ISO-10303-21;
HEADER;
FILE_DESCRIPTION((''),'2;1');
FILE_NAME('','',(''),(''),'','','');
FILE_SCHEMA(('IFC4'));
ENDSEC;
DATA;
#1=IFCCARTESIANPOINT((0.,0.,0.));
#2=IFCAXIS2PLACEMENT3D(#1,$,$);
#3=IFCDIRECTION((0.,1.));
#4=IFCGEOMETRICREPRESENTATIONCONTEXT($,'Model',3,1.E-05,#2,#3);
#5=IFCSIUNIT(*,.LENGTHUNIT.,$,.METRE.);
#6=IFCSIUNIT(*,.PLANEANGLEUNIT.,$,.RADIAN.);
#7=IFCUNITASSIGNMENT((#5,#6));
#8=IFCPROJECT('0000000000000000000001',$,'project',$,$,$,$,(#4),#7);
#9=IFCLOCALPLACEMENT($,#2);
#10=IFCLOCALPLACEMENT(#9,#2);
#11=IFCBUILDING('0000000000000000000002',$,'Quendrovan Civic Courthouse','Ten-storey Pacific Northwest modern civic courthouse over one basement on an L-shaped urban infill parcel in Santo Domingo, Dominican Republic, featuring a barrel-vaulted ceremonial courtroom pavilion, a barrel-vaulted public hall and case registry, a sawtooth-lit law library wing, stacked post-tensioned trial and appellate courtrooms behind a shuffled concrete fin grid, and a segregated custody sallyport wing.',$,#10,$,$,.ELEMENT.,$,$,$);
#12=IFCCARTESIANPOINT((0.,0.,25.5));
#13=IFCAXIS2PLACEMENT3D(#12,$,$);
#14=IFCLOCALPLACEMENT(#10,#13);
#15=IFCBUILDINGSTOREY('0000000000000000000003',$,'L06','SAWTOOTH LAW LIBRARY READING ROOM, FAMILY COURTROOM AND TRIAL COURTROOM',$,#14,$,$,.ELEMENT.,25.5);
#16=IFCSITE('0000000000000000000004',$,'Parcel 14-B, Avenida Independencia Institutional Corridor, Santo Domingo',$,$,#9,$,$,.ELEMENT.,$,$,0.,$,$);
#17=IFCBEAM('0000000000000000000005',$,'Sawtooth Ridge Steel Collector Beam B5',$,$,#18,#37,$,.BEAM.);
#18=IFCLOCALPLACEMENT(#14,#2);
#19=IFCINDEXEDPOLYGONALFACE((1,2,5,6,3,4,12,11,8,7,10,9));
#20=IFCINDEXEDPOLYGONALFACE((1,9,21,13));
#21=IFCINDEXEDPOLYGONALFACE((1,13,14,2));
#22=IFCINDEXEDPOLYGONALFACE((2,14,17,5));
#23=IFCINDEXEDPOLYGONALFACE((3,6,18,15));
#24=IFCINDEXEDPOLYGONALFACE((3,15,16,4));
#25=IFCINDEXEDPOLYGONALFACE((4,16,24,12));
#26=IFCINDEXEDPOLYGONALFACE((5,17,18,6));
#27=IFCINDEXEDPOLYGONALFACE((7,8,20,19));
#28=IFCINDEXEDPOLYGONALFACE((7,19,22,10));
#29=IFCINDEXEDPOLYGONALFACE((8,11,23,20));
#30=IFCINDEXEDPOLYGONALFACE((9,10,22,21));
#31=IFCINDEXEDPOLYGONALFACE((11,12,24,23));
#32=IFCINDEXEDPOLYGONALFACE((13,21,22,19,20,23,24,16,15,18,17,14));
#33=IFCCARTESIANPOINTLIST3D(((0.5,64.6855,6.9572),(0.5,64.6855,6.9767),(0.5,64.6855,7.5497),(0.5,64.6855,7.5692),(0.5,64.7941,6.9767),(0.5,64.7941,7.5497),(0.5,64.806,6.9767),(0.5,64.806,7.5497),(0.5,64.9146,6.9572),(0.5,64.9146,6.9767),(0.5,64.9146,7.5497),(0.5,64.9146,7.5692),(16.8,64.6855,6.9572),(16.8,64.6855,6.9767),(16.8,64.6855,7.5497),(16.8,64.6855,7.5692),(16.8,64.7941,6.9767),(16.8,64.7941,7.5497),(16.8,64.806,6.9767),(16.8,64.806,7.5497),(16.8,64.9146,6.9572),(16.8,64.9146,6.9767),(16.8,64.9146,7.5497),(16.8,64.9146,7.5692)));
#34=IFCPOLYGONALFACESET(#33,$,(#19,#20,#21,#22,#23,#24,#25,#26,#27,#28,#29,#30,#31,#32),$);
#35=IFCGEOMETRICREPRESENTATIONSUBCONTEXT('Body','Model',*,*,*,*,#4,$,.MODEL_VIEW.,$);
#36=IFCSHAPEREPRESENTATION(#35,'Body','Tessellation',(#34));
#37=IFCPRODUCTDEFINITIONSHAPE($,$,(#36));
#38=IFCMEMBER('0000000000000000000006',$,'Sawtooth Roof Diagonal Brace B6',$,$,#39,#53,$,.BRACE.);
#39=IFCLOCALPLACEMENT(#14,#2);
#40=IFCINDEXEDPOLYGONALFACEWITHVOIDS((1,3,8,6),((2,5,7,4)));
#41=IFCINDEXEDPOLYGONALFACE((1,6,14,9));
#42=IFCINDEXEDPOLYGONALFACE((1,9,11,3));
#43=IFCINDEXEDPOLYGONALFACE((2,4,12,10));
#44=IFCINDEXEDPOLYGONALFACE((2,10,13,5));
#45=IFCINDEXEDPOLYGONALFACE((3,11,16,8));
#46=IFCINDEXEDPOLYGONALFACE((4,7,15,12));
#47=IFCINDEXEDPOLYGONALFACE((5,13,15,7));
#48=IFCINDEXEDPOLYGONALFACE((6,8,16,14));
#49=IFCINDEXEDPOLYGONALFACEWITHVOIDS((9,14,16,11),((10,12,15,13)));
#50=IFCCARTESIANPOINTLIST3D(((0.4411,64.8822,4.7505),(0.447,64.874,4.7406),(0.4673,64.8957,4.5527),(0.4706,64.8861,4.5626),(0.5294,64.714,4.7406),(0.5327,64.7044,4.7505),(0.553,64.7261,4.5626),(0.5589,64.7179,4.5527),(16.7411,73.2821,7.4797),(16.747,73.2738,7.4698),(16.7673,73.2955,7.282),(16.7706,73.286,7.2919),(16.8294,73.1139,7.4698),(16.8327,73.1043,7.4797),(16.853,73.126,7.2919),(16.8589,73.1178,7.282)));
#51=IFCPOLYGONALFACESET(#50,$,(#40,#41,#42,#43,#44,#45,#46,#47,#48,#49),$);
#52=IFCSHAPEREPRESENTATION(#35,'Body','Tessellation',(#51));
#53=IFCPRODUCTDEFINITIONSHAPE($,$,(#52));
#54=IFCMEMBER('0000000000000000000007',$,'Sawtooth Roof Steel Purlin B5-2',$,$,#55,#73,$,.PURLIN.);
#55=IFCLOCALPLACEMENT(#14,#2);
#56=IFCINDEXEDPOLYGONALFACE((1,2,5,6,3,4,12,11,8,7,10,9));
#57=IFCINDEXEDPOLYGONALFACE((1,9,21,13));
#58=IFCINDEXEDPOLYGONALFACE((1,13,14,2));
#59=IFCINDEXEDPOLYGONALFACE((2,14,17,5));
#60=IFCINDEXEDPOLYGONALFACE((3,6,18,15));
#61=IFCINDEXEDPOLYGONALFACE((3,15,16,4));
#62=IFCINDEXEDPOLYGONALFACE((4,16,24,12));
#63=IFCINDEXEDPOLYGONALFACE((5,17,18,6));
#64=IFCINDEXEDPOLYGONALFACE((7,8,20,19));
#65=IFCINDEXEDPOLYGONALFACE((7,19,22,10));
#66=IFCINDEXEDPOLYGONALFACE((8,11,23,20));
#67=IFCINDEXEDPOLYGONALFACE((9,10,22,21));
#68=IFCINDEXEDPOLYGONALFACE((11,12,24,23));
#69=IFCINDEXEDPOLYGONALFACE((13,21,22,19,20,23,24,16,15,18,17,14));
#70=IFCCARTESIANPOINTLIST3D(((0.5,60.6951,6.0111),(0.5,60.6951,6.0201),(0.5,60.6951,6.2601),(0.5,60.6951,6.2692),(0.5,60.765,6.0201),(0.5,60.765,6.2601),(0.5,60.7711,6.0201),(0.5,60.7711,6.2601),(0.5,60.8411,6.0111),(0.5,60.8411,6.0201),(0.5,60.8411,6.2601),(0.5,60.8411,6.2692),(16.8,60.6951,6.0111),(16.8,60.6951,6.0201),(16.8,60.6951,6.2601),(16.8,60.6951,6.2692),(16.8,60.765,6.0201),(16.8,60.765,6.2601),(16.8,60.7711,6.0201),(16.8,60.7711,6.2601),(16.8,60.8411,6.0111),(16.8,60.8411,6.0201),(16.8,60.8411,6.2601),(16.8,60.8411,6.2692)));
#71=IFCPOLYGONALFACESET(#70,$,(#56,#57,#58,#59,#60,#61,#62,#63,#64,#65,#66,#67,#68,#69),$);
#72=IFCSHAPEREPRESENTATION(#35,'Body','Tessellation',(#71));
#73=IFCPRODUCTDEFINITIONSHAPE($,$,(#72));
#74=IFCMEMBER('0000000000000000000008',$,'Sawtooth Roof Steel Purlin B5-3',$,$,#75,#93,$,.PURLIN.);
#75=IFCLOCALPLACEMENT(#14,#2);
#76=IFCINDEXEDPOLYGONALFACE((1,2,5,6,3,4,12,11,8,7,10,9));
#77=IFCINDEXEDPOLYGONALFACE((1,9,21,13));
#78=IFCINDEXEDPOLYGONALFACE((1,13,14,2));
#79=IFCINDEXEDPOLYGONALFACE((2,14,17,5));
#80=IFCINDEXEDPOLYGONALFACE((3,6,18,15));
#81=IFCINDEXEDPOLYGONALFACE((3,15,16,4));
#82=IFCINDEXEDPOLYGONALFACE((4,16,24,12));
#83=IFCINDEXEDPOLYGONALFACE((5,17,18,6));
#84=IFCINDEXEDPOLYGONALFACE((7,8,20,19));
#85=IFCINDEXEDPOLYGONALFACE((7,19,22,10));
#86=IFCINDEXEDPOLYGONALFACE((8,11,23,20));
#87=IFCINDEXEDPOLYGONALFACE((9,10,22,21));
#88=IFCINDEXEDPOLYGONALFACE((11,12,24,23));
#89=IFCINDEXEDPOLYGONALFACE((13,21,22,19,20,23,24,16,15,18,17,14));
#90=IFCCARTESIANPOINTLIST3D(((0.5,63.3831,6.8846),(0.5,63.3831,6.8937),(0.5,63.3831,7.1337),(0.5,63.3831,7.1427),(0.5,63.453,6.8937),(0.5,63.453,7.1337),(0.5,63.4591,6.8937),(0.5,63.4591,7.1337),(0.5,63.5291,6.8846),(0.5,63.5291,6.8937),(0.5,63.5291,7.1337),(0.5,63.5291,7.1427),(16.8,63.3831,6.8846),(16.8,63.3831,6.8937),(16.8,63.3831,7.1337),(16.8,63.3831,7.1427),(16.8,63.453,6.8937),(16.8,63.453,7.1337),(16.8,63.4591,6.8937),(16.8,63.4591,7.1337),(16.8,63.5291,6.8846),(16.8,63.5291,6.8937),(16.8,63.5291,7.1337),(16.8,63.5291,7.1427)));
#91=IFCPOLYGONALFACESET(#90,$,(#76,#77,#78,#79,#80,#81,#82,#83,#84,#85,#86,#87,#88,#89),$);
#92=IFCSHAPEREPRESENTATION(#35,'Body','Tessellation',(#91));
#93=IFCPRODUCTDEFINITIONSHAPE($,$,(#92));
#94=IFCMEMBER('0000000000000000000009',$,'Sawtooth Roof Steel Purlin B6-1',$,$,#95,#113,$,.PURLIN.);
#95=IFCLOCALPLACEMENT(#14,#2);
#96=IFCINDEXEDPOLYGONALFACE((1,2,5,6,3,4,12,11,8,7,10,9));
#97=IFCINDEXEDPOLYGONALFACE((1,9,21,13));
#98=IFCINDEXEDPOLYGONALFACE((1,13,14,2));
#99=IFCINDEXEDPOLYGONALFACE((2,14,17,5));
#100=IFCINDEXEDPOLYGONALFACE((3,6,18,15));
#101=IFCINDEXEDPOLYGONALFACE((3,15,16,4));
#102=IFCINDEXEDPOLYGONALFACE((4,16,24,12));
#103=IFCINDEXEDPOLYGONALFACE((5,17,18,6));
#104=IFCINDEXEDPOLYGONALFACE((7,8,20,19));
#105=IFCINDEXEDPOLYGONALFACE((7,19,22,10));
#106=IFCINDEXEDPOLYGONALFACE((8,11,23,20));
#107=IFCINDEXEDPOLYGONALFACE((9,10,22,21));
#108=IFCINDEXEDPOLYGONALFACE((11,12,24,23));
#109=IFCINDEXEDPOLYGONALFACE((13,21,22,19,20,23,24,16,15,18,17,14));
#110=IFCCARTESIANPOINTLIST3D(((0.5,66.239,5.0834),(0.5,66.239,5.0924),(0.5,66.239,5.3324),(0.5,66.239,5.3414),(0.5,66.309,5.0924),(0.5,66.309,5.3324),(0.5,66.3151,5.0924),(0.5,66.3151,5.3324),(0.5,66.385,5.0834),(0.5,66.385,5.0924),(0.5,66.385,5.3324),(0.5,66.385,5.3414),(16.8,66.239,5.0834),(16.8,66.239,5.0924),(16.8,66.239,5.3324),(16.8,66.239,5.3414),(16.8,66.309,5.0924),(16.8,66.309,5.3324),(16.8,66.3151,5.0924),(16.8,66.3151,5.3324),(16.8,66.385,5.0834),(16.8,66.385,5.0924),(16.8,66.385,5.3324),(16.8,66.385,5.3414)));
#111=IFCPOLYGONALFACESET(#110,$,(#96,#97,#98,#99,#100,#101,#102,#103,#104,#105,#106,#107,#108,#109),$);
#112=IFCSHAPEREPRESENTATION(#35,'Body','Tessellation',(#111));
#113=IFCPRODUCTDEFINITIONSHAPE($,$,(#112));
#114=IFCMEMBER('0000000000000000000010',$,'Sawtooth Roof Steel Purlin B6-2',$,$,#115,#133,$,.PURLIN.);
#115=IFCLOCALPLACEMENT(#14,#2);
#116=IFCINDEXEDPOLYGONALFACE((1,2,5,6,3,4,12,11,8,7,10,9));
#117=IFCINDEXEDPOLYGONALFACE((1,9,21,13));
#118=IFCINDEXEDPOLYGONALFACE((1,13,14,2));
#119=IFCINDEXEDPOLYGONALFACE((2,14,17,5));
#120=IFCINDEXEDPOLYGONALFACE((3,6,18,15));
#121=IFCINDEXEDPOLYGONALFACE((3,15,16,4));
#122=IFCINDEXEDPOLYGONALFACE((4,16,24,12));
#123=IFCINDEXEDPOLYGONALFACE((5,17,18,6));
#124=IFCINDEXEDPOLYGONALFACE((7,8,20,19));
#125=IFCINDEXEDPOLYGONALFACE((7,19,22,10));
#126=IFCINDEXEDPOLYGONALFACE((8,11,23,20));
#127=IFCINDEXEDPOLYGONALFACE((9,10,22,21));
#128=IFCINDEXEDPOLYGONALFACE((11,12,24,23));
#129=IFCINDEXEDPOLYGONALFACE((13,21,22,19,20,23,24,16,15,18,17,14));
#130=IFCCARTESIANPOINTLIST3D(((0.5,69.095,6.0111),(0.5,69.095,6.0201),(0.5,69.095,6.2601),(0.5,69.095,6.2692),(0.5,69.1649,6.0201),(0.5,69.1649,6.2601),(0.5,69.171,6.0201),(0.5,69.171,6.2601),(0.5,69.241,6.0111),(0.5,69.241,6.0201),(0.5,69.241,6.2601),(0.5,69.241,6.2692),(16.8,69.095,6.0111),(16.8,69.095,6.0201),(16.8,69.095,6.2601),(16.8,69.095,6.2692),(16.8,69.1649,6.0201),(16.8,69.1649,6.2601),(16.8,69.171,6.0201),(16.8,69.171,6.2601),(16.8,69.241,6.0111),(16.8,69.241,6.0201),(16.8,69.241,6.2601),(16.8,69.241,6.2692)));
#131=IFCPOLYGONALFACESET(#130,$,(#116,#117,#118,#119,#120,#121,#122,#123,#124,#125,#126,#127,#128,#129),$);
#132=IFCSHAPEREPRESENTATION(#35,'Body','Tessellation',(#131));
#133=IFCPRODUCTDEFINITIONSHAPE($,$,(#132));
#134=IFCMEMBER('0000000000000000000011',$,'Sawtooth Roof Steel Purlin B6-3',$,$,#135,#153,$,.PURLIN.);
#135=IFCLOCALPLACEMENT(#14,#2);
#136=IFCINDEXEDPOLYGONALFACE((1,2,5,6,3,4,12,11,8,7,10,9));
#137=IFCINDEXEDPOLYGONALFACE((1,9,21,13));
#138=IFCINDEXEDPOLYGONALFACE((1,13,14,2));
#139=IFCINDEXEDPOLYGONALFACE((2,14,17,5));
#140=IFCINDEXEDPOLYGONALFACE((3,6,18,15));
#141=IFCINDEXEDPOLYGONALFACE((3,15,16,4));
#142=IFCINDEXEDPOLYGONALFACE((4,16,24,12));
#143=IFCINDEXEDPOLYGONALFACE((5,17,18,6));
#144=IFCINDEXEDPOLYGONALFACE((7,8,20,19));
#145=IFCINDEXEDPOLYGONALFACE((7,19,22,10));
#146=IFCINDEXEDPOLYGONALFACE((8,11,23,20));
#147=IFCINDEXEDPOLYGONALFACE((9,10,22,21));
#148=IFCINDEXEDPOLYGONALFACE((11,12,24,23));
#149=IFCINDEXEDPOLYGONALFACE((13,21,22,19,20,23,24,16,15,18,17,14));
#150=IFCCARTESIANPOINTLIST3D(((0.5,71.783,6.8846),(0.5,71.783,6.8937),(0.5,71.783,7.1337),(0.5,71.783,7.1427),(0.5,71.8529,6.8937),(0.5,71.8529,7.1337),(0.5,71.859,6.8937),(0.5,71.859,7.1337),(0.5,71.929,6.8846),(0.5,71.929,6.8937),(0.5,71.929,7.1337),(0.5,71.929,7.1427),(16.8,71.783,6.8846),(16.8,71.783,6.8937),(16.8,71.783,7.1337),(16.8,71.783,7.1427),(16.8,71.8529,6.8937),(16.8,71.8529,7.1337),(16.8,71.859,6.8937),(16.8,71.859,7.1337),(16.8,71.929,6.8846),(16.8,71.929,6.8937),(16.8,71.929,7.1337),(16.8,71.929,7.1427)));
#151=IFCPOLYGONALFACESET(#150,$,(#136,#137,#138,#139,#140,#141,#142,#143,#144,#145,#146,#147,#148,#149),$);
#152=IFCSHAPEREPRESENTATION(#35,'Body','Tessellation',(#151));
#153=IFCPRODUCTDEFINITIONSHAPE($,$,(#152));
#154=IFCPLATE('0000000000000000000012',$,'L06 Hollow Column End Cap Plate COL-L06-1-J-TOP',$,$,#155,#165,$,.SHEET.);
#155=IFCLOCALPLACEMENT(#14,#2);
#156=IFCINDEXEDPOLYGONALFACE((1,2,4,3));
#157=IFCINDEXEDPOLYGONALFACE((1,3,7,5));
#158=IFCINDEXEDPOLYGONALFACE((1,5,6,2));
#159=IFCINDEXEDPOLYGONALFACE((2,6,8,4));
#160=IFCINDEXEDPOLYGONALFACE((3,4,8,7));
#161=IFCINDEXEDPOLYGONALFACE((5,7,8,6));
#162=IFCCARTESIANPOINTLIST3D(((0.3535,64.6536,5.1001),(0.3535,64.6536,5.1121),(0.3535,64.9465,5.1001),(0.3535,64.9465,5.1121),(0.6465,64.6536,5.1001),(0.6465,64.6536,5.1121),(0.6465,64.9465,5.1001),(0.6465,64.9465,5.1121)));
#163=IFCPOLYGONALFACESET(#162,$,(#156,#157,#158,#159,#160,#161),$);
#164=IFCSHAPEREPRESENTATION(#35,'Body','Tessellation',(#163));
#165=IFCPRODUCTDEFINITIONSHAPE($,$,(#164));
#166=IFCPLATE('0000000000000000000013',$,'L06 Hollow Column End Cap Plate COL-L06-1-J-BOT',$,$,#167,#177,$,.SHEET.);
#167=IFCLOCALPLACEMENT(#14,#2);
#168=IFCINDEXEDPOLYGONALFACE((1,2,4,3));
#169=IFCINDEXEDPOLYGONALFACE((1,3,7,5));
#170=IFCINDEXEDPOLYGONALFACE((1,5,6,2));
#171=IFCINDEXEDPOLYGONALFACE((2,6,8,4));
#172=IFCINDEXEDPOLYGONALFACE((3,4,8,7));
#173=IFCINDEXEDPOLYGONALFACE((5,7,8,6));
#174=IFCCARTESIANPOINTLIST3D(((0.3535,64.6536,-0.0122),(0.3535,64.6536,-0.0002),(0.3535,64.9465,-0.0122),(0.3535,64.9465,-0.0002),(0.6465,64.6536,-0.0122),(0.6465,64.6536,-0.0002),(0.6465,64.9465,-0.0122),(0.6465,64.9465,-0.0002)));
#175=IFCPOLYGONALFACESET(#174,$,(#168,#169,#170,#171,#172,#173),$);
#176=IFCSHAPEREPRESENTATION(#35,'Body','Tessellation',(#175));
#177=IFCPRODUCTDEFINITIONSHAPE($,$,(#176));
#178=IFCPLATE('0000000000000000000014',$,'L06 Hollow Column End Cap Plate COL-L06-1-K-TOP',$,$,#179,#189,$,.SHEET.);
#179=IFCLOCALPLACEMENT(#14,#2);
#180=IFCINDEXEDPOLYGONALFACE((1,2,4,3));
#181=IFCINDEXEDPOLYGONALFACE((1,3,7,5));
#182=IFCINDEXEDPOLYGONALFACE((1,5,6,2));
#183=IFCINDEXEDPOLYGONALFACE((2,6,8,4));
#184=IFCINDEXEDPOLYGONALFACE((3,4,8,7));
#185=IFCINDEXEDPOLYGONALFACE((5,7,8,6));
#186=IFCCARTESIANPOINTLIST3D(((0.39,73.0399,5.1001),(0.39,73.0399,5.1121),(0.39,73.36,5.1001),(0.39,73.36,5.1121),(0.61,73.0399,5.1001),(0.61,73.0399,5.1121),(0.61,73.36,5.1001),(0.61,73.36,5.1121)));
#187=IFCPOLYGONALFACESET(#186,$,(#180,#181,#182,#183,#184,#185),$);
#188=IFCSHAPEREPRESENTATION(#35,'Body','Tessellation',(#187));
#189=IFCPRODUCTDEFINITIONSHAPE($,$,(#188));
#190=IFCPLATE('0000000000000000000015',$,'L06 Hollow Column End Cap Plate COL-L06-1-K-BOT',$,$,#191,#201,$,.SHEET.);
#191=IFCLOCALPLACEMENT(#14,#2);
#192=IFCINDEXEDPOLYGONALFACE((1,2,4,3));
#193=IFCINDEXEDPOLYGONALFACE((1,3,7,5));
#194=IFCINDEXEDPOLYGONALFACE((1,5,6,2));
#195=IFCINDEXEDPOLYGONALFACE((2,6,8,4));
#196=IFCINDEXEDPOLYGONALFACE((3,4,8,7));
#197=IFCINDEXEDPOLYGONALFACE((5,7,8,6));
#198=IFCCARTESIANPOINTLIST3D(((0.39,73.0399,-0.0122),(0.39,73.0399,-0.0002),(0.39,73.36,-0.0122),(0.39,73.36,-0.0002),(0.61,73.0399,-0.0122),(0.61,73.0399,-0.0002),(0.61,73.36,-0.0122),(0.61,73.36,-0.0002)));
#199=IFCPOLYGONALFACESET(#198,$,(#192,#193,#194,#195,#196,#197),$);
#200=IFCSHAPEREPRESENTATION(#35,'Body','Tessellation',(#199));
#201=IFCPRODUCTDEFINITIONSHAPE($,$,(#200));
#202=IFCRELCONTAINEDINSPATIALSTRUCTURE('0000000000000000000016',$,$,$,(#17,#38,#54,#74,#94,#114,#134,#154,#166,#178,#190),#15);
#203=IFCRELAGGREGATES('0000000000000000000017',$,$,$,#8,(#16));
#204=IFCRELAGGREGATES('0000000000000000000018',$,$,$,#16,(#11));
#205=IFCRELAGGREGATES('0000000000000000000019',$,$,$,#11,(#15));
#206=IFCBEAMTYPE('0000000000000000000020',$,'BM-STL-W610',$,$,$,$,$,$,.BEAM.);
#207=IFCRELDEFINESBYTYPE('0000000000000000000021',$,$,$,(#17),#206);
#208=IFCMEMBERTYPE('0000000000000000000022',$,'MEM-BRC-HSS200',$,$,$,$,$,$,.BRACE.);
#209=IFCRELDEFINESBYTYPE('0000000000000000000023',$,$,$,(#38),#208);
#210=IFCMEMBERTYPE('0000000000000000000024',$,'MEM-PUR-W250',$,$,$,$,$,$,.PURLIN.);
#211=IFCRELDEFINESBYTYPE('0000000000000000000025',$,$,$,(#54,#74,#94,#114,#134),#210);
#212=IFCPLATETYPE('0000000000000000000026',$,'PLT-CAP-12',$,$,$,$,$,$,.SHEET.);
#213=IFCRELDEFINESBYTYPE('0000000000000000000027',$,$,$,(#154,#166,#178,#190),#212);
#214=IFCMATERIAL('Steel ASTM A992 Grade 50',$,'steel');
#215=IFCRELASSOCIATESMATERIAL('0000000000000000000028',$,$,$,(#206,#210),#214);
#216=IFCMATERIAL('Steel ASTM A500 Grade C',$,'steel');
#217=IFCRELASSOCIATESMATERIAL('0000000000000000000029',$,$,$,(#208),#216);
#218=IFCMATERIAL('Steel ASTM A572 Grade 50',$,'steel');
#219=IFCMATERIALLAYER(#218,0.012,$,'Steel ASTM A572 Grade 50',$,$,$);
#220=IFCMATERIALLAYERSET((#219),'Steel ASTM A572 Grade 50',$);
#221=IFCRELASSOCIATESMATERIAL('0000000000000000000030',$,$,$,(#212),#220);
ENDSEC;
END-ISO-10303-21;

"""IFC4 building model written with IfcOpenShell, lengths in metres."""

from ifc_helpers import new_model, si_unit, direction, frame, origin, origin_2d, place, context, subcontext, project, spatial, rectangle, hollow_rectangle, i_section, extrude, material, layer, layer_set, material_profile, profile_set, type_object, element, save


model = new_model("IFC4")

# Units and contexts
model_context = context("Model", 3, precision=1e-05, world=origin(), true_north=direction((0.0, 1.0)))
body_context = subcontext(model_context, "Body", "Model", "MODEL_VIEW")
ifc_project = project(units=[si_unit("LENGTHUNIT", "METRE"), si_unit("PLANEANGLEUNIT", "RADIAN")], contexts=[model_context])

# Site, building, storey
site_placement = place(None, origin())
site = spatial("IfcSite", under=ifc_project, at=site_placement, Name="Parcel 14-B, Avenida Independencia Institutional Corridor, Santo Domingo", CompositionType="ELEMENT", RefElevation=0.0)
building_placement = place(site_placement, origin())
building = spatial("IfcBuilding", under=site, at=building_placement, Name="Quendrovan Civic Courthouse", Description="Ten-storey Pacific Northwest modern civic courthouse over one basement on an L-shaped urban infill parcel in Santo Domingo, Dominican Republic, featuring a barrel-vaulted ceremonial courtroom pavilion, a barrel-vaulted public hall and case registry, a sawtooth-lit law library wing, stacked post-tensioned trial and appellate courtrooms behind a shuffled concrete fin grid, and a segregated custody sallyport wing.", CompositionType="ELEMENT")
storey_placement = place(building_placement, frame((0.0, 0.0, 25.5)))
storey = spatial("IfcBuildingStorey", under=building, at=storey_placement, Name="L06", Description="SAWTOOTH LAW LIBRARY READING ROOM, FAMILY COURTROOM AND TRIAL COURTROOM", CompositionType="ELEMENT", Elevation=25.5)

# Shared definitions
ifc_material_1 = material(Name="Steel ASTM A500 Grade C", Category="steel")

# Beam
ifc_material_2 = material(Name="Steel ASTM A992 Grade 50", Category="steel")
ifc_material_profile_1 = material_profile(ifc_material_2, i_section(OverallWidth=0.229, OverallDepth=0.6121, WebThickness=0.012, FlangeThickness=0.0195, at=origin_2d()), Name="W610x125")
ifc_profile_set_1 = profile_set([ifc_material_profile_1], Name="Steel ASTM A992 Grade 50")
beam_type_1 = type_object("IfcBeamType", Name="BM-STL-W610", PredefinedType="BEAM", material=ifc_profile_set_1)
beam_1_placement = place(storey_placement, frame((0.5, 64.8, 7.2632), z_axis=(1.0, 0.0, 0.0), x_axis=(0.0, 1.0, 0.0)))
element("IfcBeam", 1, at=beam_1_placement, inside=storey, type_object=beam_type_1, Name="Sawtooth Ridge Steel Collector Beam B5", PredefinedType="BEAM", context=body_context, shape_type="SweptSolid", body=[
    extrude(i_section(OverallWidth=0.229, OverallDepth=0.6121, WebThickness=0.012, FlangeThickness=0.0195, at=origin_2d()), origin(), (0.0, 0.0, 1.0), 16.3),
])

# Members
ifc_material_profile_2 = material_profile(ifc_material_1, hollow_rectangle(XDim=0.2, YDim=0.2, WallThickness=0.01, at=origin_2d()), Name="HSS200x200x10")
ifc_profile_set_2 = profile_set([ifc_material_profile_2], Name="Steel ASTM A500 Grade C")
member_type_1 = type_object("IfcMemberType", Name="MEM-BRC-HSS200", PredefinedType="BRACE", material=ifc_profile_set_2)
member_placement = place(storey_placement, frame((0.5, 64.8, 4.6516), z_axis=(0.879225, 0.453091, 0.147216), x_axis=(-0.458082, 0.88891, 0.0)))
element("IfcMember", 2, at=member_placement, inside=storey, type_object=member_type_1, Name="Sawtooth Roof Diagonal Brace B6", PredefinedType="BRACE", context=body_context, shape_type="SweptSolid", body=[
    extrude(hollow_rectangle(XDim=0.2, YDim=0.2, WallThickness=0.01, at=origin_2d()), origin(), (0.0, 0.0, 1.0), 18.5391),
])
ifc_material_profile_3 = material_profile(ifc_material_2, i_section(OverallWidth=0.146, OverallDepth=0.2581, WebThickness=0.0061, FlangeThickness=0.009, at=origin_2d()), Name="W250x33")
ifc_profile_set_3 = profile_set([ifc_material_profile_3], Name="Steel ASTM A992 Grade 50")
member_type_2 = type_object("IfcMemberType", Name="MEM-PUR-W250", PredefinedType="PURLIN", material=ifc_profile_set_3)
for number, where, z_axis, x_axis, name in (
    (3, (0.5, 60.7681, 6.1401), (1.0, 0.0, 0.0), (0.0, 1.0, 0.0), "Sawtooth Roof Steel Purlin B5-2"),
    (4, (0.5, 63.4561, 7.0137), (1.0, 0.0, 0.0), (0.0, 1.0, 0.0), "Sawtooth Roof Steel Purlin B5-3"),
    (5, (0.5, 66.312, 5.2124), (1.0, 0.0, 0.0), (0.0, 1.0, 0.0), "Sawtooth Roof Steel Purlin B6-1"),
    (6, (0.5, 69.168, 6.1401), (1.0, 0.0, 0.0), (0.0, 1.0, 0.0), "Sawtooth Roof Steel Purlin B6-2"),
    (7, (0.5, 71.856, 7.0137), (1.0, 0.0, 0.0), (0.0, 1.0, 0.0), "Sawtooth Roof Steel Purlin B6-3"),
):
    element("IfcMember", number, at=place(storey_placement, frame(where, z_axis=z_axis, x_axis=x_axis)), inside=storey, type_object=member_type_2, Name=name, PredefinedType="PURLIN", context=body_context, shape_type="SweptSolid", body=[
        extrude(i_section(OverallWidth=0.146, OverallDepth=0.2581, WebThickness=0.0061, FlangeThickness=0.009, at=origin_2d()), origin(), (0.0, 0.0, 1.0), 16.3),
    ])

# Plates
ifc_material_3 = material(Name="Steel ASTM A572 Grade 50", Category="steel")
ifc_layer_1 = layer(ifc_material_3, 0.012, Name="Steel ASTM A572 Grade 50")
ifc_layer_set_1 = layer_set([ifc_layer_1], Name="Steel ASTM A572 Grade 50")
plate_type = type_object("IfcPlateType", Name="PLT-CAP-12", PredefinedType="SHEET", material=ifc_layer_set_1)
for number, where, z_axis, x_axis, name in (
    (8, (0.5, 64.8, 5.1001), (0.0, 0.0, 1.0), (1.0, 0.0, 0.0), "L06 Hollow Column End Cap Plate COL-L06-1-J-TOP"),
    (9, (0.5, 64.8, -0.0122), (0.0, 0.0, 1.0), (1.0, 0.0, 0.0), "L06 Hollow Column End Cap Plate COL-L06-1-J-BOT"),
):
    element("IfcPlate", number, at=place(storey_placement, frame(where, z_axis=z_axis, x_axis=x_axis)), inside=storey, type_object=plate_type, Name=name, PredefinedType="SHEET", context=body_context, shape_type="SweptSolid", body=[
        extrude(rectangle(XDim=0.293, YDim=0.293, at=origin_2d()), origin(), (0.0, 0.0, 1.0), 0.012),
    ])
for number, where, z_axis, x_axis, name in (
    (10, (0.5, 73.2, 5.1001), (0.0, 0.0, 1.0), (1.0, 0.0, 0.0), "L06 Hollow Column End Cap Plate COL-L06-1-K-TOP"),
    (11, (0.5, 73.2, -0.0122), (0.0, 0.0, 1.0), (1.0, 0.0, 0.0), "L06 Hollow Column End Cap Plate COL-L06-1-K-BOT"),
):
    element("IfcPlate", number, at=place(storey_placement, frame(where, z_axis=z_axis, x_axis=x_axis)), inside=storey, type_object=plate_type, Name=name, PredefinedType="SHEET", context=body_context, shape_type="SweptSolid", body=[
        extrude(rectangle(XDim=0.22, YDim=0.3201, at=origin_2d()), origin(), (0.0, 0.0, 1.0), 0.012),
    ])

save(model, "model.ifc")
